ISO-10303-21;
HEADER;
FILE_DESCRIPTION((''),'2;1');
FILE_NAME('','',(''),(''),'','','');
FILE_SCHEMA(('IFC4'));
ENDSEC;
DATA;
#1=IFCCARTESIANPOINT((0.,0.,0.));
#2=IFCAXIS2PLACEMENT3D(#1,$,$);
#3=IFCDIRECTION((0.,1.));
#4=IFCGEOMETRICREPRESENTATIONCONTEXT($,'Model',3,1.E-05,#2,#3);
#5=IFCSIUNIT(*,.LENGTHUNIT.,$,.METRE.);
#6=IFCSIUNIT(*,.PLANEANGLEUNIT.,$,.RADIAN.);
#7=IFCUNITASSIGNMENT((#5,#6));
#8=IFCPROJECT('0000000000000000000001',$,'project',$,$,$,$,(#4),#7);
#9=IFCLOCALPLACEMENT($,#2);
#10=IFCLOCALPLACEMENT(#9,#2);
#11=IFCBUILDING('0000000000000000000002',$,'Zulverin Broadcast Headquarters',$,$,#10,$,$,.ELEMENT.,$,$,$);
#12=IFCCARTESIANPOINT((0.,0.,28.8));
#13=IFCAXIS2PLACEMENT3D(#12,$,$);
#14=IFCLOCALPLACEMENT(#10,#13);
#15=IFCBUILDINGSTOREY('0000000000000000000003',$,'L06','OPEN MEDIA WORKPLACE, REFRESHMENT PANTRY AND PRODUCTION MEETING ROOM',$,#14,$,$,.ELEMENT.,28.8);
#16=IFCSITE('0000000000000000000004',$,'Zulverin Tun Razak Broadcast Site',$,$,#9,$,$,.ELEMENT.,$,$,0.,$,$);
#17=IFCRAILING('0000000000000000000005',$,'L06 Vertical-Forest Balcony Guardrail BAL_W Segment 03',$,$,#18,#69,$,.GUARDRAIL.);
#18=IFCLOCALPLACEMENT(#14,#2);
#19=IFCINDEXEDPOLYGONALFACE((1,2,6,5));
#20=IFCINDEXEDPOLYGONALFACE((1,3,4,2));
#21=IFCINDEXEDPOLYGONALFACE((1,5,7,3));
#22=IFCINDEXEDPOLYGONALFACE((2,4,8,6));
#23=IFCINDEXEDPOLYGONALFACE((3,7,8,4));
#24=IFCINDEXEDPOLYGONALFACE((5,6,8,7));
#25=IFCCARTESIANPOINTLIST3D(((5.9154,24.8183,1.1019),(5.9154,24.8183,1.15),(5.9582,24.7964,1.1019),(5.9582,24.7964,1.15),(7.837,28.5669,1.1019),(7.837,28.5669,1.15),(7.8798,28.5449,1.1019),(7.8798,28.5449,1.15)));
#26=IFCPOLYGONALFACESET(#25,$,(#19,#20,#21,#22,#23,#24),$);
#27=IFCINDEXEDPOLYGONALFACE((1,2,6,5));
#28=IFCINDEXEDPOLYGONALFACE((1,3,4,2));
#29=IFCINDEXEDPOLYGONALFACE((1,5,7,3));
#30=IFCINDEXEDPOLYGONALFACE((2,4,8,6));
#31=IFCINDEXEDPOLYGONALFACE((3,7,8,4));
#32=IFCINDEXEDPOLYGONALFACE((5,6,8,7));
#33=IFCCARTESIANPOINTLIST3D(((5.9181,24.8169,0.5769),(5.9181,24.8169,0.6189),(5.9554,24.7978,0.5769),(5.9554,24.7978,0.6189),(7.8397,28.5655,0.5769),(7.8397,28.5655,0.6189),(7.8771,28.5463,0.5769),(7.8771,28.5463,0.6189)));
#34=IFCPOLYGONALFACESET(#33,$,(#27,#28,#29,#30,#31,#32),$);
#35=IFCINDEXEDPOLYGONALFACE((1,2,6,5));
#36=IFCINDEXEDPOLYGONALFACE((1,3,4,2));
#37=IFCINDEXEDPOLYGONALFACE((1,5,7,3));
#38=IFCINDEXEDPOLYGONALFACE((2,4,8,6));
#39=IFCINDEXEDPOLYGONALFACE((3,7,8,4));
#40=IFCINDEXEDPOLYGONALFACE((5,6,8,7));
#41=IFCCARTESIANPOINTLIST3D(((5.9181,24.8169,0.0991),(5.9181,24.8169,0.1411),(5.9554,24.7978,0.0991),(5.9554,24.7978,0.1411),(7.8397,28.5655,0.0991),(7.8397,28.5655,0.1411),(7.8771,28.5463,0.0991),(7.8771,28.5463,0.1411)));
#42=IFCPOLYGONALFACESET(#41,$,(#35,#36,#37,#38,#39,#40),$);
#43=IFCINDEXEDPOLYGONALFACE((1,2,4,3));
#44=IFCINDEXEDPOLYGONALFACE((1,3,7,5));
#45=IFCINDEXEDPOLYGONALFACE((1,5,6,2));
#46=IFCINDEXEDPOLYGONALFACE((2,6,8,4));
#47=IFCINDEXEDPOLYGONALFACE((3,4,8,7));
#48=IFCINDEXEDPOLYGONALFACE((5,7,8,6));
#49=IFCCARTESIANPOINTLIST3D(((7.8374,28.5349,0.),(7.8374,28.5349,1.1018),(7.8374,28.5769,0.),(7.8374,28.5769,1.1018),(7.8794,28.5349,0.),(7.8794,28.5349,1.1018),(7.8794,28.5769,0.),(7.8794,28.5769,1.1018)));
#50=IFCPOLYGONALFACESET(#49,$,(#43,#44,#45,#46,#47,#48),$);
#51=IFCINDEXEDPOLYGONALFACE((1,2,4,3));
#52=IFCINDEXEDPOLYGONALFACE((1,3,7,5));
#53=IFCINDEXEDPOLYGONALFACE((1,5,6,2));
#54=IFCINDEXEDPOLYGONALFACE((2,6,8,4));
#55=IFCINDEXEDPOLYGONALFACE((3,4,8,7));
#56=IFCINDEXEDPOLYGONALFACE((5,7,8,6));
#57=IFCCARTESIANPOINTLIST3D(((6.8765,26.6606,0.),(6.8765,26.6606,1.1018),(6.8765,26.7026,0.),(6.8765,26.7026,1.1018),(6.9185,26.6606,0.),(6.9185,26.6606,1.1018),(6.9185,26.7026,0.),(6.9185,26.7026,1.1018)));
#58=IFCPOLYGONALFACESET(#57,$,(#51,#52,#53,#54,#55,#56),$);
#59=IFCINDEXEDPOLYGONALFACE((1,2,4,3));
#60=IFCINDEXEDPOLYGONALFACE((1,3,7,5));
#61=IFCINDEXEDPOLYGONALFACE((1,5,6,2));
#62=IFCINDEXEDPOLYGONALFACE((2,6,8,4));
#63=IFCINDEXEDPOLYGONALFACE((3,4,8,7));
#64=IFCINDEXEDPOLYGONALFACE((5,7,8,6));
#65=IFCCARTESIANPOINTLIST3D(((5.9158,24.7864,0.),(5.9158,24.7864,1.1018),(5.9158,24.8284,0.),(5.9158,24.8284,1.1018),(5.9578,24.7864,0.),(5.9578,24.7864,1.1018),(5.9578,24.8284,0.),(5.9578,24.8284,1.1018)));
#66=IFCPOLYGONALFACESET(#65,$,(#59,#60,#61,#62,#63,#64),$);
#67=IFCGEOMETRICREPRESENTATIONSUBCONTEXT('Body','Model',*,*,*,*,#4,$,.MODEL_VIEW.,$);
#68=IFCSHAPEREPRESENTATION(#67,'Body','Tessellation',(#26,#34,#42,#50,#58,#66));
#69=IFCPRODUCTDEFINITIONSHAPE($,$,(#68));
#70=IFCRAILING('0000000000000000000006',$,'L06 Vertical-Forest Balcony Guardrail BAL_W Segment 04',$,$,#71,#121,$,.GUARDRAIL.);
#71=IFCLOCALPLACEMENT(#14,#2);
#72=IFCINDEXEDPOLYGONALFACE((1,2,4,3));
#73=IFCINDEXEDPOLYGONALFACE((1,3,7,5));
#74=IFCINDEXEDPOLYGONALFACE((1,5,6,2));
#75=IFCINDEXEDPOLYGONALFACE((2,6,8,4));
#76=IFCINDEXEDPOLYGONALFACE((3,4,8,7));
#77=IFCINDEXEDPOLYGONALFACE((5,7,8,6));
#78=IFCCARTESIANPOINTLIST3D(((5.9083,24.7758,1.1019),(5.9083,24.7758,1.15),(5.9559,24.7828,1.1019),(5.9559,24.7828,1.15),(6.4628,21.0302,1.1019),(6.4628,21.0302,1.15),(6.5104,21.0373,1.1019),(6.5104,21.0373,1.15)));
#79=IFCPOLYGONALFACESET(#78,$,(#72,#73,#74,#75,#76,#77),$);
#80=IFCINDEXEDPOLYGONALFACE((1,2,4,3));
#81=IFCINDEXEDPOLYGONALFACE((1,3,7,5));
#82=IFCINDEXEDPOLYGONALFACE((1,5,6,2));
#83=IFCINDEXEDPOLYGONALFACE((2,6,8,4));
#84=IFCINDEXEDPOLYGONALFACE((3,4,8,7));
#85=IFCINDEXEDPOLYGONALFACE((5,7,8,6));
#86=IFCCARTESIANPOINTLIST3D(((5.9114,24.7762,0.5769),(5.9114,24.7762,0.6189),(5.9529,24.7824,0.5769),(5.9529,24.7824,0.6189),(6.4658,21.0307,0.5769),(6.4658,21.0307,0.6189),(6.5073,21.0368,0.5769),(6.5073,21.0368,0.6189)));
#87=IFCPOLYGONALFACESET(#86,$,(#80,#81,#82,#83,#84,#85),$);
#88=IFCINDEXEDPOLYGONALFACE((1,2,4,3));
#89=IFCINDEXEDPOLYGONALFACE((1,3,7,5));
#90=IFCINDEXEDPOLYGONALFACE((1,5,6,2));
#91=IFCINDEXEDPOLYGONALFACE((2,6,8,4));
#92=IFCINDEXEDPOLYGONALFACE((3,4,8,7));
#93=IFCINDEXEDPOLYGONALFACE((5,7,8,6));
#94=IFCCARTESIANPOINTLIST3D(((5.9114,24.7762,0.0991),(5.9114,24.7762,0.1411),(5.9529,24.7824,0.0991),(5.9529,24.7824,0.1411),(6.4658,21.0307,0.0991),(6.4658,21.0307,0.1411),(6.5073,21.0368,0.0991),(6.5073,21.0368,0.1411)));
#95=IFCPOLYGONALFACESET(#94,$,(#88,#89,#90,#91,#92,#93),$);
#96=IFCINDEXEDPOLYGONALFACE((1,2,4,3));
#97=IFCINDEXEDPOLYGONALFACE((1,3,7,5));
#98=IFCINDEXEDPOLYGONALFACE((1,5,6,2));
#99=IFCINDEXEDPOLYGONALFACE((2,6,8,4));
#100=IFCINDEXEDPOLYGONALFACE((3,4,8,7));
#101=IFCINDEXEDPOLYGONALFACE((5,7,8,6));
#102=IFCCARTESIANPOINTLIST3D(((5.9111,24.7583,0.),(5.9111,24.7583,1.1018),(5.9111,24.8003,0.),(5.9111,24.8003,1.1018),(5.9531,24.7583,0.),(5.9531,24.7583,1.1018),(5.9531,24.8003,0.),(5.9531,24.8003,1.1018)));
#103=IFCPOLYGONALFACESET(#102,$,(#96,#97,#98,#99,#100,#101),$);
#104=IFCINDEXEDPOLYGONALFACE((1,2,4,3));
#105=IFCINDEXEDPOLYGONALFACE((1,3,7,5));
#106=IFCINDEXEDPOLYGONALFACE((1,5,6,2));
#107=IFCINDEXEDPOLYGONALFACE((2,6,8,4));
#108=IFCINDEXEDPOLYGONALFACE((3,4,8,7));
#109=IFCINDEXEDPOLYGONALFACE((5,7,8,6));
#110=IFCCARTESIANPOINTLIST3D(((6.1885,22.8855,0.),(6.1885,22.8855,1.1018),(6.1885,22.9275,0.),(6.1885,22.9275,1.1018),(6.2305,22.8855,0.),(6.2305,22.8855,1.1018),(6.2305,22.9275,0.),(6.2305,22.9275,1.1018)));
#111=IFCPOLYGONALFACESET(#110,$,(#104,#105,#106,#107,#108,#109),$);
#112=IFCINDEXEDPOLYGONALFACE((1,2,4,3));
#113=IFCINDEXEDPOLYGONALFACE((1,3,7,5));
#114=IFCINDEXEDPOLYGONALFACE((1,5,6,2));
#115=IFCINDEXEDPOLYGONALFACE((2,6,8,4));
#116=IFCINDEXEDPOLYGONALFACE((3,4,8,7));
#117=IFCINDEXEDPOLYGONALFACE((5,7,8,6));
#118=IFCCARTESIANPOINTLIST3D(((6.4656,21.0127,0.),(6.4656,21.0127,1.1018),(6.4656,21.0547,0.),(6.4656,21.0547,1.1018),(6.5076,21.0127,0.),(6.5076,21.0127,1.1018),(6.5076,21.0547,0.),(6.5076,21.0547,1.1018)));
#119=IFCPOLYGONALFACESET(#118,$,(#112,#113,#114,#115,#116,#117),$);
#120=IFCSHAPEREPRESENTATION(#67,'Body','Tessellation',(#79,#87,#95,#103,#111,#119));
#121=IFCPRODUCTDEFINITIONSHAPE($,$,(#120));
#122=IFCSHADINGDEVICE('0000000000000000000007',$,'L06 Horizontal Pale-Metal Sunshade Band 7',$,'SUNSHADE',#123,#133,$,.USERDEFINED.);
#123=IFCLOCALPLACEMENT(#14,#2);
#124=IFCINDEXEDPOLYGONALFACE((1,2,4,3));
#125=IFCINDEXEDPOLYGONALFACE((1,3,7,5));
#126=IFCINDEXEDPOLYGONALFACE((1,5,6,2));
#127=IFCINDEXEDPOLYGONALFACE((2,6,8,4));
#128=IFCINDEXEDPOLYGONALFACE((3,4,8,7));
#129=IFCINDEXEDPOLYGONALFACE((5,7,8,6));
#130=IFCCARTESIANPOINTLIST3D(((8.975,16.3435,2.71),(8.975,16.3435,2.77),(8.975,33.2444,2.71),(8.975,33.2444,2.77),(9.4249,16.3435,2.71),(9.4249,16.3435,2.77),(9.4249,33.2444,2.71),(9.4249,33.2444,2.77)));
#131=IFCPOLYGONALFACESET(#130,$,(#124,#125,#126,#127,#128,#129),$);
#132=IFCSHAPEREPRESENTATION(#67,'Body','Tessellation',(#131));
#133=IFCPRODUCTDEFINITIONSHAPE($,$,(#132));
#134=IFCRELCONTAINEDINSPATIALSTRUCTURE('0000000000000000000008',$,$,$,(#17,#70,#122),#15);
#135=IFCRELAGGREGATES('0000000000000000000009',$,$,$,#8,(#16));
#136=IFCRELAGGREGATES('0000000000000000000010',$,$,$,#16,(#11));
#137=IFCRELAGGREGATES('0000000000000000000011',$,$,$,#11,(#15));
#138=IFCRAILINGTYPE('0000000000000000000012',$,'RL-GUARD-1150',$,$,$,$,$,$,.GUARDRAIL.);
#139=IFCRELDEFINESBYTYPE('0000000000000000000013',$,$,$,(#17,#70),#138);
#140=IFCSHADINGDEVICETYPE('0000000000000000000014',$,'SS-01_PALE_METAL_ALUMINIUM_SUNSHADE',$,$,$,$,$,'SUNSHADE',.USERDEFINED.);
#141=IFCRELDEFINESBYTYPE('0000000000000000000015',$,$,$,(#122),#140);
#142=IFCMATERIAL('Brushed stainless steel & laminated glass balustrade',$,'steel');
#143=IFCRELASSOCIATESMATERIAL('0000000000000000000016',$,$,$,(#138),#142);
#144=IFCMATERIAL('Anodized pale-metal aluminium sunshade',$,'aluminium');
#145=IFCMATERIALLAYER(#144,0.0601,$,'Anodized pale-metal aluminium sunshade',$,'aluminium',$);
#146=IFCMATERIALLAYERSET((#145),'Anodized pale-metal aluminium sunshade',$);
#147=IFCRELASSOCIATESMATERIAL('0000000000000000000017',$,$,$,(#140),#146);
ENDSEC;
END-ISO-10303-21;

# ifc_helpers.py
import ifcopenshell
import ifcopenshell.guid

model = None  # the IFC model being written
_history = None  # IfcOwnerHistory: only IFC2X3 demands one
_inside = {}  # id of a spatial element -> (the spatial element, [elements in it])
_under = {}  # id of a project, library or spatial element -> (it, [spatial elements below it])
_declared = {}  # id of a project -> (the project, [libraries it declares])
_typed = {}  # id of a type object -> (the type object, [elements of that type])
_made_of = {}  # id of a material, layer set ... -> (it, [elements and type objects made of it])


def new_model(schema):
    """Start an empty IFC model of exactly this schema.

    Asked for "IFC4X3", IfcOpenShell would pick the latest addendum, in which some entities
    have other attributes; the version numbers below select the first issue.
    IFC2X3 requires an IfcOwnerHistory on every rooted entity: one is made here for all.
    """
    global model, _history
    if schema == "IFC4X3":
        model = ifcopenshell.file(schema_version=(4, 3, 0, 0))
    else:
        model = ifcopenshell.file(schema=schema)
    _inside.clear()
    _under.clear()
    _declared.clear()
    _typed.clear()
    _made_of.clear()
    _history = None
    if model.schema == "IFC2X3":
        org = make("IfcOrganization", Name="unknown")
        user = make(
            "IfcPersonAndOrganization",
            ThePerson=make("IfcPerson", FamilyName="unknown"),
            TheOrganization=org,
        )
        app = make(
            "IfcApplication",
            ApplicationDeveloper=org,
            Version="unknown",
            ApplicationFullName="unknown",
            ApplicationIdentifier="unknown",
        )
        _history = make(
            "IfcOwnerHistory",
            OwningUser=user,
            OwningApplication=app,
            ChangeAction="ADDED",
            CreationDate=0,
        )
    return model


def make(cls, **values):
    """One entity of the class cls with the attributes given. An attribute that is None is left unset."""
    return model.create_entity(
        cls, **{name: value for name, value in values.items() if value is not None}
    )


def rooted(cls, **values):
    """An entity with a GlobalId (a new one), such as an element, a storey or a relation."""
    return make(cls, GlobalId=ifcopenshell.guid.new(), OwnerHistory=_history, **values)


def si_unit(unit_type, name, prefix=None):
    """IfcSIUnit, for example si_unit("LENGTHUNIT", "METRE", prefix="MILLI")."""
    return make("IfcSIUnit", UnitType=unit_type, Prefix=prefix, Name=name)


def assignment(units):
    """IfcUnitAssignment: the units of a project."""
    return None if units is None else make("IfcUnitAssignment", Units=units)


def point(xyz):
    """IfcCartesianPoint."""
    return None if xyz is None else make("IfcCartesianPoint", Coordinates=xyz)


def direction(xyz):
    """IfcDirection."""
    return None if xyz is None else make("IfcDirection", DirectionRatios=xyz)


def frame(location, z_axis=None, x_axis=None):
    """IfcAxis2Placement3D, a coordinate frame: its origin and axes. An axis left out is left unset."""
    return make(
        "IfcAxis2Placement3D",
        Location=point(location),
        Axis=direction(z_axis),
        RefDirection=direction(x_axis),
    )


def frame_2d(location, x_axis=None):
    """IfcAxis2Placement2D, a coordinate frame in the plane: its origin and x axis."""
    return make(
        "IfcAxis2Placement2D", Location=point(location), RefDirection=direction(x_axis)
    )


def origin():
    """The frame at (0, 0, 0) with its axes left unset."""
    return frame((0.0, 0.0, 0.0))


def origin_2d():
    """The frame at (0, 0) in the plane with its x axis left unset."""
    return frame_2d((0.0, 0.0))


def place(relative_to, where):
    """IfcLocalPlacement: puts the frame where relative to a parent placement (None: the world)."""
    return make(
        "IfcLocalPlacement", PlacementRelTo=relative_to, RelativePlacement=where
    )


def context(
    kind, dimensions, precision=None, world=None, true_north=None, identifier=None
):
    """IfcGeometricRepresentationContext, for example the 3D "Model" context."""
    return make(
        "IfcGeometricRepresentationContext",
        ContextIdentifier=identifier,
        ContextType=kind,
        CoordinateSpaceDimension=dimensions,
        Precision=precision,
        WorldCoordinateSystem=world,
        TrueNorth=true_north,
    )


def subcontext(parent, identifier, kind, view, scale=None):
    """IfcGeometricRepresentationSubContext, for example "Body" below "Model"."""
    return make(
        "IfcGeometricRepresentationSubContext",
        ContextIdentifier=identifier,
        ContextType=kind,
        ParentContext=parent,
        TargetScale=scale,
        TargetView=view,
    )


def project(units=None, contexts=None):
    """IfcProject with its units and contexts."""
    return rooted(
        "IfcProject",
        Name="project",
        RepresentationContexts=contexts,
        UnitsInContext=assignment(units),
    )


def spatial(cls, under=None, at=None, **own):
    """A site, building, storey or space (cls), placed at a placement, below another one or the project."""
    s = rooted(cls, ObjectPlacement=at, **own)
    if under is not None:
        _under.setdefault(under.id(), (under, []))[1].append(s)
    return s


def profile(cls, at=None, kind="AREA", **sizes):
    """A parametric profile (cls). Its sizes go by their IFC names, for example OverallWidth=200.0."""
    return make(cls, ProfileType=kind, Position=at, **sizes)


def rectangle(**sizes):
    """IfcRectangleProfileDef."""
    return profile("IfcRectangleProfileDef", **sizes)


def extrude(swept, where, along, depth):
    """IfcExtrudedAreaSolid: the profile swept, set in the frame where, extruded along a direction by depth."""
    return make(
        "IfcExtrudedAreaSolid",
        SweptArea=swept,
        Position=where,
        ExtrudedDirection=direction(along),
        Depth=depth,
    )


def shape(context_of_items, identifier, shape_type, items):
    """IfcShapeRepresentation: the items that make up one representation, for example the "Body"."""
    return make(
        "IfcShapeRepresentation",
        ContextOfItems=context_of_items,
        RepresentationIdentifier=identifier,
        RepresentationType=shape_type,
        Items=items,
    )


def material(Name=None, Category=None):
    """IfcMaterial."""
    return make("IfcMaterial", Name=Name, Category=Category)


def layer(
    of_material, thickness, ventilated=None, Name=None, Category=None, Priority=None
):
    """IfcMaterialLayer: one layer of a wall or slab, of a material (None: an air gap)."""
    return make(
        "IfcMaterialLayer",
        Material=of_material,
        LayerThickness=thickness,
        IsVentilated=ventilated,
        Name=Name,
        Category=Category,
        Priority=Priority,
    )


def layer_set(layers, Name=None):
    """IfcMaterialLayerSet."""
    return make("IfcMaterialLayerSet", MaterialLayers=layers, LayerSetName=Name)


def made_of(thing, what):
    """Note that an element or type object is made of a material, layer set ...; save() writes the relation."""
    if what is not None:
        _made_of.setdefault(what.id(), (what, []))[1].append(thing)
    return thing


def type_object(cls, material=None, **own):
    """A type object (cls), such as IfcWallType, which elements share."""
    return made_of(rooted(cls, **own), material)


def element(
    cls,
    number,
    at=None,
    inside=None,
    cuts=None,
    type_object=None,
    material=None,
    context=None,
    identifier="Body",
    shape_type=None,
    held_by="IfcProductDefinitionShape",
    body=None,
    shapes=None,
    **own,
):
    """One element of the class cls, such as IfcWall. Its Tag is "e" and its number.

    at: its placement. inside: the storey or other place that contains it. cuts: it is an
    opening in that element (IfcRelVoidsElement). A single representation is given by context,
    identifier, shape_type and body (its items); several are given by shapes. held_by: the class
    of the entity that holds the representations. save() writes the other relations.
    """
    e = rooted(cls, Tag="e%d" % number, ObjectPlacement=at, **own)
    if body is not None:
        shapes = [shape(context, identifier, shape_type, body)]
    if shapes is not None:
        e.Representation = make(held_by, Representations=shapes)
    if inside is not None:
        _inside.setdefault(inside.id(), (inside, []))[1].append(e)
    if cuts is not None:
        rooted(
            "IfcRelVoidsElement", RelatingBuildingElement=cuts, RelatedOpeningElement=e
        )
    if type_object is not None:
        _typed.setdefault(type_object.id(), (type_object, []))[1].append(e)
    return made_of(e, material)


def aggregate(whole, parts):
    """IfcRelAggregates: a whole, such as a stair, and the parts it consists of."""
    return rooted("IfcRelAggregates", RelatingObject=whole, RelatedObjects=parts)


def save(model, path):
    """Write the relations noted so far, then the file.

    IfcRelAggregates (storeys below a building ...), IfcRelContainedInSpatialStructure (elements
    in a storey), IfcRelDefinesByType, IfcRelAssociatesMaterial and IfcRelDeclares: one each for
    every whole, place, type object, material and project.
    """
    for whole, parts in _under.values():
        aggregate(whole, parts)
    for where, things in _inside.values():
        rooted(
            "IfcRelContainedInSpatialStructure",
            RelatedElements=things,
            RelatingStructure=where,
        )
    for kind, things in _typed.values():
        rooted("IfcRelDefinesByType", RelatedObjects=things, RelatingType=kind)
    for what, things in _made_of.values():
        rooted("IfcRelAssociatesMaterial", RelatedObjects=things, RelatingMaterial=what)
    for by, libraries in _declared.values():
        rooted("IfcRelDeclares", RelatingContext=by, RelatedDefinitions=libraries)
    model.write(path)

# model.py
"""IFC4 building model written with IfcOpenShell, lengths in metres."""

from ifc_helpers import new_model, si_unit, direction, frame, origin, origin_2d, place, context, subcontext, project, spatial, rectangle, extrude, material, layer, layer_set, type_object, element, save


model = new_model("IFC4")

# Units and contexts
model_context = context("Model", 3, precision=1e-05, world=origin(), true_north=direction((0.0, 1.0)))
body_context = subcontext(model_context, "Body", "Model", "MODEL_VIEW")
ifc_project = project(units=[si_unit("LENGTHUNIT", "METRE"), si_unit("PLANEANGLEUNIT", "RADIAN")], contexts=[model_context])

# Site, building, storey
site_placement = place(None, origin())
site = spatial("IfcSite", under=ifc_project, at=site_placement, Name="Zulverin Tun Razak Broadcast Site", CompositionType="ELEMENT", RefElevation=0.0)
building_placement = place(site_placement, origin())
building = spatial("IfcBuilding", under=site, at=building_placement, Name="Zulverin Broadcast Headquarters", CompositionType="ELEMENT")
storey_placement = place(building_placement, frame((0.0, 0.0, 28.8)))
storey = spatial("IfcBuildingStorey", under=building, at=storey_placement, Name="L06", Description="OPEN MEDIA WORKPLACE, REFRESHMENT PANTRY AND PRODUCTION MEETING ROOM", CompositionType="ELEMENT", Elevation=28.8)

# Railings
ifc_material_1 = material(Name="Brushed stainless steel & laminated glass balustrade", Category="steel")
railing_type = type_object("IfcRailingType", Name="RL-GUARD-1150", PredefinedType="GUARDRAIL", material=ifc_material_1)
railing_1_placement = place(storey_placement, frame((7.8584, 28.5559, 0.0)))
element("IfcRailing", 1, at=railing_1_placement, inside=storey, type_object=railing_type, Name="L06 Vertical-Forest Balcony Guardrail BAL_W Segment 03", PredefinedType="GUARDRAIL", context=body_context, shape_type="SweptSolid", body=[
    extrude(rectangle(XDim=0.0481, YDim=0.0481, at=origin_2d()), frame((0.0, 0.0, 1.126), z_axis=(-0.456186, -0.889884, 0.0), x_axis=(0.889884, -0.456186, 0.0)), (0.0, 0.0, 1.0), 4.2124),
    extrude(rectangle(XDim=0.042, YDim=0.042, at=origin_2d()), frame((0.0, 0.0, 0.5979), z_axis=(-0.456186, -0.889884, 0.0), x_axis=(0.889884, -0.456186, 0.0)), (0.0, 0.0, 1.0), 4.2124),
    extrude(rectangle(XDim=0.042, YDim=0.042, at=origin_2d()), frame((0.0, 0.0, 0.1201), z_axis=(-0.456186, -0.889884, 0.0), x_axis=(0.889884, -0.456186, 0.0)), (0.0, 0.0, 1.0), 4.2124),
    extrude(rectangle(XDim=0.042, YDim=0.042, at=origin_2d()), origin(), (0.0, 0.0, 1.0), 1.1018),
    extrude(rectangle(XDim=0.042, YDim=0.042, at=origin_2d()), frame((-0.9609, -1.8743, 0.0)), (0.0, 0.0, 1.0), 1.1018),
    extrude(rectangle(XDim=0.042, YDim=0.042, at=origin_2d()), frame((-1.9216, -3.7485, 0.0)), (0.0, 0.0, 1.0), 1.1018),
])
railing_2_placement = place(storey_placement, frame((5.9321, 24.7793, 0.0)))
element("IfcRailing", 2, at=railing_2_placement, inside=storey, type_object=railing_type, Name="L06 Vertical-Forest Balcony Guardrail BAL_W Segment 04", PredefinedType="GUARDRAIL", context=body_context, shape_type="SweptSolid", body=[
    extrude(rectangle(XDim=0.0481, YDim=0.0481, at=origin_2d()), frame((0.0, 0.0, 1.126), z_axis=(0.146429, -0.989221, 0.0), x_axis=(0.989221, 0.146429, 0.0)), (0.0, 0.0, 1.0), 3.7864),
    extrude(rectangle(XDim=0.042, YDim=0.042, at=origin_2d()), frame((0.0, 0.0, 0.5979), z_axis=(0.146429, -0.989221, 0.0), x_axis=(0.989221, 0.146429, 0.0)), (0.0, 0.0, 1.0), 3.7864),
    extrude(rectangle(XDim=0.042, YDim=0.042, at=origin_2d()), frame((0.0, 0.0, 0.1201), z_axis=(0.146429, -0.989221, 0.0), x_axis=(0.989221, 0.146429, 0.0)), (0.0, 0.0, 1.0), 3.7864),
    extrude(rectangle(XDim=0.042, YDim=0.042, at=origin_2d()), origin(), (0.0, 0.0, 1.0), 1.1018),
    extrude(rectangle(XDim=0.042, YDim=0.042, at=origin_2d()), frame((0.2773, -1.8728, 0.0)), (0.0, 0.0, 1.0), 1.1018),
    extrude(rectangle(XDim=0.042, YDim=0.042, at=origin_2d()), frame((0.5544, -3.7456, 0.0)), (0.0, 0.0, 1.0), 1.1018),
])

# Shading device
ifc_material_2 = material(Name="Anodized pale-metal aluminium sunshade", Category="aluminium")
ifc_layer_1 = layer(ifc_material_2, 0.0601, Name="Anodized pale-metal aluminium sunshade", Category="aluminium")
ifc_layer_set_1 = layer_set([ifc_layer_1], Name="Anodized pale-metal aluminium sunshade")
shading_device_type = type_object("IfcShadingDeviceType", Name="SS-01_PALE_METAL_ALUMINIUM_SUNSHADE", ElementType="SUNSHADE", PredefinedType="USERDEFINED", material=ifc_layer_set_1)
shading_device_placement = place(storey_placement, frame((9.2, 24.7939, 2.71), z_axis=(0.0, 0.0, 1.0), x_axis=(0.0, -1.0, 0.0)))
element("IfcShadingDevice", 3, at=shading_device_placement, inside=storey, type_object=shading_device_type, Name="L06 Horizontal Pale-Metal Sunshade Band 7", ObjectType="SUNSHADE", PredefinedType="USERDEFINED", context=body_context, shape_type="SweptSolid", body=[
    extrude(rectangle(XDim=16.9009, YDim=0.45, at=origin_2d()), origin(), (0.0, 0.0, 1.0), 0.0601),
])

save(model, "model.ifc")
